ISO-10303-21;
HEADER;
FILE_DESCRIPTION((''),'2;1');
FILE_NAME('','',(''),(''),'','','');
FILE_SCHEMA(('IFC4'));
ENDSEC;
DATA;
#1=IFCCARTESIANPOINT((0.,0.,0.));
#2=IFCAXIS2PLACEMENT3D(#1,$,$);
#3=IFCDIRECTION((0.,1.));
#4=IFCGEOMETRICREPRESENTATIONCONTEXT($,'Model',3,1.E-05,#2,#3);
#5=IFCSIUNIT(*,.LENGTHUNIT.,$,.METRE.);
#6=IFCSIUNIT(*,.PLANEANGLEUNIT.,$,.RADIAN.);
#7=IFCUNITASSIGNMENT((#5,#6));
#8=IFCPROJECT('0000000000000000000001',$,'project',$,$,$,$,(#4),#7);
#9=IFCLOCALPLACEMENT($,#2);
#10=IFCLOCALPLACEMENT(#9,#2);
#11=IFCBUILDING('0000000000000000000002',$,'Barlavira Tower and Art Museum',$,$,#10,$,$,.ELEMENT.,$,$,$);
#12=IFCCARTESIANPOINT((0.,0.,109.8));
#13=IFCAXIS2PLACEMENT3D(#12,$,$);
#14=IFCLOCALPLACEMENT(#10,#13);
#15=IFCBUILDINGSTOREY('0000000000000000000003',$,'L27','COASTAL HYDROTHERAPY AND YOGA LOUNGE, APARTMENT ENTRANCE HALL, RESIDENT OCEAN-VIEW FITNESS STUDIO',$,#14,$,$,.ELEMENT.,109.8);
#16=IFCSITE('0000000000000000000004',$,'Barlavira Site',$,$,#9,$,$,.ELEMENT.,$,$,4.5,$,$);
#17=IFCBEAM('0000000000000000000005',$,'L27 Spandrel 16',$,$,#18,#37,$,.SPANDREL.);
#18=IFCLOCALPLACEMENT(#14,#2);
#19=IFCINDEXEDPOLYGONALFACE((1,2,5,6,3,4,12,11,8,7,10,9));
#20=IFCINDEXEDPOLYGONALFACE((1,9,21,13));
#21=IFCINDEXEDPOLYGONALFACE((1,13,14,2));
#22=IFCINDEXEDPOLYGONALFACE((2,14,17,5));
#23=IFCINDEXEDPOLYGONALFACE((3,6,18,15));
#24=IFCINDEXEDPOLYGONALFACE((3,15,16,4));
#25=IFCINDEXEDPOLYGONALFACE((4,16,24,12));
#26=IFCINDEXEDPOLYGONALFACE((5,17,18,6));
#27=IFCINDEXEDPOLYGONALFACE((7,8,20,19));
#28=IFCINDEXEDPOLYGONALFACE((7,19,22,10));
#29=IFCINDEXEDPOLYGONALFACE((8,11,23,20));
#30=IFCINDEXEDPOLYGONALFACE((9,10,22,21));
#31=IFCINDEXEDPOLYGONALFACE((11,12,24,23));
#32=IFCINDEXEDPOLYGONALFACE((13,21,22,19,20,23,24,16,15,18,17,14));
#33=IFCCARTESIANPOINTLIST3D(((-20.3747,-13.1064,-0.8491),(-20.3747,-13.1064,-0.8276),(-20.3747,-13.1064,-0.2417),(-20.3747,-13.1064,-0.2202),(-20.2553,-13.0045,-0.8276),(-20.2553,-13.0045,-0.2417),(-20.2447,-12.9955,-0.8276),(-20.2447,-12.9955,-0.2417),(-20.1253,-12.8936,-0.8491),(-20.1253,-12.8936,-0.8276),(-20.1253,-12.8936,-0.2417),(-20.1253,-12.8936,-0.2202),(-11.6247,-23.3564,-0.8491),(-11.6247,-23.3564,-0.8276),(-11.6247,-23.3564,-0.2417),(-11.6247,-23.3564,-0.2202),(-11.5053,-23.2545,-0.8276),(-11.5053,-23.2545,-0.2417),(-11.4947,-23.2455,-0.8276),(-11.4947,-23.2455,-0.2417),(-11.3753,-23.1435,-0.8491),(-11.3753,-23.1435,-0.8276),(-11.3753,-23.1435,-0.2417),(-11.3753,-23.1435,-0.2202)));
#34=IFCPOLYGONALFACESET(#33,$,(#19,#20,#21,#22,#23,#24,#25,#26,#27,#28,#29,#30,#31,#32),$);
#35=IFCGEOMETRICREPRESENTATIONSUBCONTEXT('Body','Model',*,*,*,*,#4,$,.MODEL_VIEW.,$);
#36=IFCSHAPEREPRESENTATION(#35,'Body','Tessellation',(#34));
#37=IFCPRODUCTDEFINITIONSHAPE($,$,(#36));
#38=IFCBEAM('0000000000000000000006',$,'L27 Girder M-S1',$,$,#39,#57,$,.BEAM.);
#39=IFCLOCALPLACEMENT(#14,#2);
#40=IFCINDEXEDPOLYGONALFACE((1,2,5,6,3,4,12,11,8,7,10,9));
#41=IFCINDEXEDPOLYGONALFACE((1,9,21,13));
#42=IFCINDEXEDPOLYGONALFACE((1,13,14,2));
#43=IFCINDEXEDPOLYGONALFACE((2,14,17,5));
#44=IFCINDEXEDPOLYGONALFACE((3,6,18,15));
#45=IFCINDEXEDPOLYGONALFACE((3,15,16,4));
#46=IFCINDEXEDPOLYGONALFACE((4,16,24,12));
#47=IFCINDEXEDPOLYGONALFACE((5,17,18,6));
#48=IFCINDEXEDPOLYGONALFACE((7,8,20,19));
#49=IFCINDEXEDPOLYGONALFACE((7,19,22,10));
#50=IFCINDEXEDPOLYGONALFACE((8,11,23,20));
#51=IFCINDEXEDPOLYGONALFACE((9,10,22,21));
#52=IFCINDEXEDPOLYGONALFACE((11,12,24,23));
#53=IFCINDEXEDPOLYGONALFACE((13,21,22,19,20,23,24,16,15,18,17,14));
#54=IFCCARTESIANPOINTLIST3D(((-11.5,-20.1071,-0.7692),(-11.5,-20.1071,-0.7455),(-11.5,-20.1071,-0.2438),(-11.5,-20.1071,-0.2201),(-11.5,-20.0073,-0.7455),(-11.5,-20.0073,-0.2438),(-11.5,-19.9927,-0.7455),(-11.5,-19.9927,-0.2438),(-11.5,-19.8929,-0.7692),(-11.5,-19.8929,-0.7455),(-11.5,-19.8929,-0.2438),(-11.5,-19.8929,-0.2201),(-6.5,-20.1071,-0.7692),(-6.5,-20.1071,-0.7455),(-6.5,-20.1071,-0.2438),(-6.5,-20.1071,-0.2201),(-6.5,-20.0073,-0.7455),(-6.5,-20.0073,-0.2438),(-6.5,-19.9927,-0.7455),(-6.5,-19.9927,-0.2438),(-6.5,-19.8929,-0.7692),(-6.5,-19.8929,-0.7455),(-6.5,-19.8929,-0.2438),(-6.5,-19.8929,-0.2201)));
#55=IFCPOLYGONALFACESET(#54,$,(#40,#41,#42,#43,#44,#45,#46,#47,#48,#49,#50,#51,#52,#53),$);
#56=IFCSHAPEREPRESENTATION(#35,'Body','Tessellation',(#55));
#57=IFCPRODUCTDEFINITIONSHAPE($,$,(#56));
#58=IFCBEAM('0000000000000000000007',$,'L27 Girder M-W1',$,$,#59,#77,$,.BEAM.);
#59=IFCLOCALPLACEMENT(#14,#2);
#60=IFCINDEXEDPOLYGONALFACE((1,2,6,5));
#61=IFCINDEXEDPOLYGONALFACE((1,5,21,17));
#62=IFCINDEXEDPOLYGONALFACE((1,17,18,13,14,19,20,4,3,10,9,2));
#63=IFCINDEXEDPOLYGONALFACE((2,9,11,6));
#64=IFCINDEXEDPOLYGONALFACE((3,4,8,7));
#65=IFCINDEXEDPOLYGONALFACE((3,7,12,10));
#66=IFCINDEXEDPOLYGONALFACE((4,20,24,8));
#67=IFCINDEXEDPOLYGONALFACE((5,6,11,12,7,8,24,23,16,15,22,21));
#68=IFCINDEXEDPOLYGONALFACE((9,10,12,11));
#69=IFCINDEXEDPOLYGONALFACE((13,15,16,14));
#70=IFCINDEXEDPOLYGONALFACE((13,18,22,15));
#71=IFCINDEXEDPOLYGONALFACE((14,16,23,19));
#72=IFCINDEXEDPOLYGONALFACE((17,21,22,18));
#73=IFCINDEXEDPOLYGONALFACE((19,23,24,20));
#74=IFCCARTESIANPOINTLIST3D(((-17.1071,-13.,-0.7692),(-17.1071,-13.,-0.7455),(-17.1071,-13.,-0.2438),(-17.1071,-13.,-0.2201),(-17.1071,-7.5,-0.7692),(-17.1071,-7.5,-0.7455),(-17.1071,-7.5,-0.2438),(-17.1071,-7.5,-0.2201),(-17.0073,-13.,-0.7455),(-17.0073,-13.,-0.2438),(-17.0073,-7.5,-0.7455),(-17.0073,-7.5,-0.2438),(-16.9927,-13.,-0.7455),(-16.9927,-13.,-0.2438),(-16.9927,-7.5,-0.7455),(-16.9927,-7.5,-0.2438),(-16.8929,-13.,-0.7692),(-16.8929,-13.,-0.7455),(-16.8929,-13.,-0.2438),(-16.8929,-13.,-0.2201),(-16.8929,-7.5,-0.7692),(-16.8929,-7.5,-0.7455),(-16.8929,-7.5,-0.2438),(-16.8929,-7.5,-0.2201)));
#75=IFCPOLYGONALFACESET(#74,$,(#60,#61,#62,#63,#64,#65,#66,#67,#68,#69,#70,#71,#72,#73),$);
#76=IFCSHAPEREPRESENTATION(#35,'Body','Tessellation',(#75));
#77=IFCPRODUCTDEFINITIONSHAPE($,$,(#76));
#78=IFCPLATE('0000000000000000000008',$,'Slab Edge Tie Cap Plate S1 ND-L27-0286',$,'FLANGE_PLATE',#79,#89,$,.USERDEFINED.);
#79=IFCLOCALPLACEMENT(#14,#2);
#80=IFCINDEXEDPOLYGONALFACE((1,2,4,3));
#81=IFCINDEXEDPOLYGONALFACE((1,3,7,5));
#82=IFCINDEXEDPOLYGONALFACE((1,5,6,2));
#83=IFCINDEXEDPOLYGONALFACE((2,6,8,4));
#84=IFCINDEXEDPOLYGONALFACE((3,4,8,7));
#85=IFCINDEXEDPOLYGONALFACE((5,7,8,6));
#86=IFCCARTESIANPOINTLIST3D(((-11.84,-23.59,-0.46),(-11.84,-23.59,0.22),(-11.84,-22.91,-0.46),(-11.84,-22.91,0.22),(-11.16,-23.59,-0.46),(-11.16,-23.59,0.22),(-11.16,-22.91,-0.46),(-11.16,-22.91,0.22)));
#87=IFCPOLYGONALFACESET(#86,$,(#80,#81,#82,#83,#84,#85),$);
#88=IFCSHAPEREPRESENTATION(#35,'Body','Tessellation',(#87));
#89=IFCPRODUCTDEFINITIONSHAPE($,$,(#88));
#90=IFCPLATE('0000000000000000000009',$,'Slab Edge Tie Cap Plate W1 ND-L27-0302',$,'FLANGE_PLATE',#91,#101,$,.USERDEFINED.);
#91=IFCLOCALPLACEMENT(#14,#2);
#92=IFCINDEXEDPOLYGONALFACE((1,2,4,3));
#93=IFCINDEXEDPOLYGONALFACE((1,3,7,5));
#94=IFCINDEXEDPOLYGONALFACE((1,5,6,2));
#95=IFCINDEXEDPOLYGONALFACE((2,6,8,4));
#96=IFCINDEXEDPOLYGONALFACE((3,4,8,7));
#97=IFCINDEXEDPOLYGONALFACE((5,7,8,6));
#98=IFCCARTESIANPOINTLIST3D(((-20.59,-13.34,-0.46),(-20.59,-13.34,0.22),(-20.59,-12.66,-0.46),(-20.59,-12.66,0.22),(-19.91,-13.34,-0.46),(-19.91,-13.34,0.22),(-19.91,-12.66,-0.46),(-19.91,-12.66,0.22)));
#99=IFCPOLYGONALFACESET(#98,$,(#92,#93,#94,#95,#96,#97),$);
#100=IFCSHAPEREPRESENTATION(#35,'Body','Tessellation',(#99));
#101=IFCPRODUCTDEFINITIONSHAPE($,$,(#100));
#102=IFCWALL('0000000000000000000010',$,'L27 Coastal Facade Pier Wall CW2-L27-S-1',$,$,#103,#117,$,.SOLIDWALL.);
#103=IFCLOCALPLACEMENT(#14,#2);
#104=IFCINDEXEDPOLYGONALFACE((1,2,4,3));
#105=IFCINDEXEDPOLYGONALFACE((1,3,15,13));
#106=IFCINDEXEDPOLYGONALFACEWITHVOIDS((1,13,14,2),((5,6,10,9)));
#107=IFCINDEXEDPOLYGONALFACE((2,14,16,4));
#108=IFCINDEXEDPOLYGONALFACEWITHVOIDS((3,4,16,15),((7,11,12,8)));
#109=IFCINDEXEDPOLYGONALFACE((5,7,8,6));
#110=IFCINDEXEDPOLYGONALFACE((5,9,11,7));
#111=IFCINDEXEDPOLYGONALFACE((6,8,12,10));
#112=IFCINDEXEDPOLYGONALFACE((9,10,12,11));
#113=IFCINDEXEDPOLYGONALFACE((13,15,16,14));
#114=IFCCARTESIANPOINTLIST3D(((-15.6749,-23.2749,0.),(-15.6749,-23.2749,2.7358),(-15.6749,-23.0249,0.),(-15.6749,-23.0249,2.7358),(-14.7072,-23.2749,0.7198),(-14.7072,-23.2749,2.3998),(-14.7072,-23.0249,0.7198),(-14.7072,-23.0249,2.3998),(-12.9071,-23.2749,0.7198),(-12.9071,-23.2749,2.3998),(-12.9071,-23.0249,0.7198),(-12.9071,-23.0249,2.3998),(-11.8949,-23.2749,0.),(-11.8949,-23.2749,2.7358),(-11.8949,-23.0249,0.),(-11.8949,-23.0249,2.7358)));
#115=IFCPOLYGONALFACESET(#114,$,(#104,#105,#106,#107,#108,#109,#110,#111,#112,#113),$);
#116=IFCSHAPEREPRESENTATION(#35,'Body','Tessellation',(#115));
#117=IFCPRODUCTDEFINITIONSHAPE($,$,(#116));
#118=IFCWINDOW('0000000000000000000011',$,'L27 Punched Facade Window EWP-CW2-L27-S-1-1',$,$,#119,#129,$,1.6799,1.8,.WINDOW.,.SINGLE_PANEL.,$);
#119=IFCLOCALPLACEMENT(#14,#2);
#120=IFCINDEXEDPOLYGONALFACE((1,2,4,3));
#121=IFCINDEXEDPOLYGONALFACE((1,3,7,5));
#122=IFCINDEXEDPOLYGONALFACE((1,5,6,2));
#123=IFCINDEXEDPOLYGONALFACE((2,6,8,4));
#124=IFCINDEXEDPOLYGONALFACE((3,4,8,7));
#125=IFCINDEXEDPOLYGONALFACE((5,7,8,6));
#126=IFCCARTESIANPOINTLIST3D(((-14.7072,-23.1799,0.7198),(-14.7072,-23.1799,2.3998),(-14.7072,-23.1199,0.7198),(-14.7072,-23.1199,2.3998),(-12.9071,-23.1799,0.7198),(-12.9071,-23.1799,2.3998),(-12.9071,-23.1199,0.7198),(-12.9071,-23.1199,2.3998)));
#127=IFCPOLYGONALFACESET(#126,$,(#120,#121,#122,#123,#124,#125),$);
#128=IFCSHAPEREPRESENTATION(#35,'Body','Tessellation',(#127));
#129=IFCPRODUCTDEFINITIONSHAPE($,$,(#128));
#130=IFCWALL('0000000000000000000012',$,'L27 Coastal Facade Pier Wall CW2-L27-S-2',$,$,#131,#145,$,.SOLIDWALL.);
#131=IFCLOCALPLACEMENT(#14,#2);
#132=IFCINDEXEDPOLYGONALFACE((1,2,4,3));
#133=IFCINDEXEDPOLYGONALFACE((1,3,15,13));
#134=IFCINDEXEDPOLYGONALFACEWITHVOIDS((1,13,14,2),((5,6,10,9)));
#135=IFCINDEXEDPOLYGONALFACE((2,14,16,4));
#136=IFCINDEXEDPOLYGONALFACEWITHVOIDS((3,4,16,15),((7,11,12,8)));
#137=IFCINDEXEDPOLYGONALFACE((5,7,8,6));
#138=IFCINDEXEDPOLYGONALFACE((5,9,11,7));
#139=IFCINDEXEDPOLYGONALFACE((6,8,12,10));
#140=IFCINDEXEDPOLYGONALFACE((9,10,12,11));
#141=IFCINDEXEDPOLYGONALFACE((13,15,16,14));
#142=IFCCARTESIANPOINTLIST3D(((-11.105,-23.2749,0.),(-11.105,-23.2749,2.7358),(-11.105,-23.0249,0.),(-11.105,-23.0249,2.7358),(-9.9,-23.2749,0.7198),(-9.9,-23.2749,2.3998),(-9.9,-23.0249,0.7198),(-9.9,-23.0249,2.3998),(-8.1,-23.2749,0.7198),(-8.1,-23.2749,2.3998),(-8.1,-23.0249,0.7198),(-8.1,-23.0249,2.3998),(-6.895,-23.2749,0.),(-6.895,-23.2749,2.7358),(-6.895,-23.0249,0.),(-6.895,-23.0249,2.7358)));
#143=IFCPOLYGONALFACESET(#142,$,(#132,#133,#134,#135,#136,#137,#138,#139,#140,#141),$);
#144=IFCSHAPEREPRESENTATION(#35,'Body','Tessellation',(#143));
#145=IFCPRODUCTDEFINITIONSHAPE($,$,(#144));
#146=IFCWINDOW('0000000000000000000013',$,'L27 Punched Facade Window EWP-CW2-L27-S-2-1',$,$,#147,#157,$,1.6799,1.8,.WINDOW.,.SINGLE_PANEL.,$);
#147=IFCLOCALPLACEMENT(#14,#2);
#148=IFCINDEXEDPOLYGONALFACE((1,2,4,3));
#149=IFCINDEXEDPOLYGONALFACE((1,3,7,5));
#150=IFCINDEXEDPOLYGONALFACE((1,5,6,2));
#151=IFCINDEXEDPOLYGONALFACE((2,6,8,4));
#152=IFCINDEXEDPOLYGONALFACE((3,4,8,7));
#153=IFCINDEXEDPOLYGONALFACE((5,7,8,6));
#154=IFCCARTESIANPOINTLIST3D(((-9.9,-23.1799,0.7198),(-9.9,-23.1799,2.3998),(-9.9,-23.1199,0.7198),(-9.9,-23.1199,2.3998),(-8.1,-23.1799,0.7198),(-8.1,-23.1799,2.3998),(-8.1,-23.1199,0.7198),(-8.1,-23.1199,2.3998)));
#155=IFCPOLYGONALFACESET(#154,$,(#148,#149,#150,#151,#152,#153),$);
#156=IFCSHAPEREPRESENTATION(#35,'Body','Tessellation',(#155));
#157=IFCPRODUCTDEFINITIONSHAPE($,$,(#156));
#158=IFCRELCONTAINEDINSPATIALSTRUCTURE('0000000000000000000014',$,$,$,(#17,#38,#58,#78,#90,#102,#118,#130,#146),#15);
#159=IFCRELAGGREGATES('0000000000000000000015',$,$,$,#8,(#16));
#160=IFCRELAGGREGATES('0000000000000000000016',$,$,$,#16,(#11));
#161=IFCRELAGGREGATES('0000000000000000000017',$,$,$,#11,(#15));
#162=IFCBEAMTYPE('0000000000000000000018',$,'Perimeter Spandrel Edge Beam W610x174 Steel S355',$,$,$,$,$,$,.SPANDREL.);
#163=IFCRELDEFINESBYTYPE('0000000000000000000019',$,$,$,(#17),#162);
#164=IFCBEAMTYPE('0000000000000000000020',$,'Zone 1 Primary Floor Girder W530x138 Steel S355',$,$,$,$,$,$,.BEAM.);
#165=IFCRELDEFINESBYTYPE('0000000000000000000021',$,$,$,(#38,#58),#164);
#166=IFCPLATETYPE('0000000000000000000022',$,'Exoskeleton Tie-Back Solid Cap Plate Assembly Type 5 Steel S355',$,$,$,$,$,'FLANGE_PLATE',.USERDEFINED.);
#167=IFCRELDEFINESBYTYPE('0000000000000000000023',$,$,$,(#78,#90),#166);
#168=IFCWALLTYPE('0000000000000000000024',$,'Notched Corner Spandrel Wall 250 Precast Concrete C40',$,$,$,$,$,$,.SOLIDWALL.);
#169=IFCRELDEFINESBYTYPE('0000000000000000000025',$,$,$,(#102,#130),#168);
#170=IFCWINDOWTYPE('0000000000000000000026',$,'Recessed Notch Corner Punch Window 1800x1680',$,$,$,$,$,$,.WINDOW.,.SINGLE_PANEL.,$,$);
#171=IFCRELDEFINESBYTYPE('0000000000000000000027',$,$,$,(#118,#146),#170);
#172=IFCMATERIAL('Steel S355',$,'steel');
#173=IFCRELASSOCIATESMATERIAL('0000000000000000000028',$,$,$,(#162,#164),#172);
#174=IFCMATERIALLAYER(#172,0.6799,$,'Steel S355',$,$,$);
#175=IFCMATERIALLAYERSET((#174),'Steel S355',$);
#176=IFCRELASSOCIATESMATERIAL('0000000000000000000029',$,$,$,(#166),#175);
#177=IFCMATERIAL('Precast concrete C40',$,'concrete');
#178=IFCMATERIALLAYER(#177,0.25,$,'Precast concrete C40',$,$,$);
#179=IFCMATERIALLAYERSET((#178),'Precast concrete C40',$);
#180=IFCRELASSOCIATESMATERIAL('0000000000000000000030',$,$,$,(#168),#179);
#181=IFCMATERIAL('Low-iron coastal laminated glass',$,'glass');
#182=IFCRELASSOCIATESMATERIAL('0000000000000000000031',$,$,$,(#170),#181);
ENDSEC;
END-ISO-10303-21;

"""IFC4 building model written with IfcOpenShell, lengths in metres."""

from ifc_helpers import new_model, si_unit, direction, frame, frame_2d, origin, origin_2d, place, context, subcontext, project, spatial, rectangle, i_section, extrude, material, layer, layer_set, material_profile, profile_set, type_object, element, fill, save


model = new_model("IFC4")

# Units and contexts
model_context = context("Model", 3, precision=1e-05, world=origin(), true_north=direction((0.0, 1.0)))
body_context = subcontext(model_context, "Body", "Model", "MODEL_VIEW")
ifc_project = project(units=[si_unit("LENGTHUNIT", "METRE"), si_unit("PLANEANGLEUNIT", "RADIAN")], contexts=[model_context])

# Site, building, storey
site_placement = place(None, origin())
site = spatial("IfcSite", under=ifc_project, at=site_placement, Name="Barlavira Site", CompositionType="ELEMENT", RefElevation=4.5)
building_placement = place(site_placement, origin())
building = spatial("IfcBuilding", under=site, at=building_placement, Name="Barlavira Tower and Art Museum", CompositionType="ELEMENT")
storey_placement = place(building_placement, frame((0.0, 0.0, 109.8)))
storey = spatial("IfcBuildingStorey", under=building, at=storey_placement, Name="L27", Description="COASTAL HYDROTHERAPY AND YOGA LOUNGE, APARTMENT ENTRANCE HALL, RESIDENT OCEAN-VIEW FITNESS STUDIO", CompositionType="ELEMENT", Elevation=109.8)

# Shared definitions
ifc_material_1 = material(Name="Steel S355", Category="steel")

# Beams
ifc_material_profile_1 = material_profile(ifc_material_1, i_section(OverallWidth=0.3279, OverallDepth=0.6289, WebThickness=0.0139, FlangeThickness=0.0215, at=origin_2d()), Name="W610x174.0")
ifc_profile_set_1 = profile_set([ifc_material_profile_1], Name="Steel S355")
beam_type_1 = type_object("IfcBeamType", Name="Perimeter Spandrel Edge Beam W610x174 Steel S355", PredefinedType="SPANDREL", material=ifc_profile_set_1)
beam_1_placement = place(storey_placement, frame((-20.25, -13.0, -0.5347), z_axis=(0.649262, -0.760565, 0.0), x_axis=(0.760565, 0.649262, 0.0)))
element("IfcBeam", 1, at=beam_1_placement, inside=storey, type_object=beam_type_1, Name="L27 Spandrel 16", PredefinedType="SPANDREL", context=body_context, shape_type="SweptSolid", body=[
    extrude(i_section(OverallWidth=0.3279, OverallDepth=0.6289, WebThickness=0.0139, FlangeThickness=0.0215, at=origin_2d()), origin(), (0.0, 0.0, 1.0), 13.4768),
])
ifc_material_profile_2 = material_profile(ifc_material_1, i_section(OverallWidth=0.2141, OverallDepth=0.5491, WebThickness=0.0146, FlangeThickness=0.0237, at=origin_2d()), Name="W530x138.0")
ifc_profile_set_2 = profile_set([ifc_material_profile_2], Name="Steel S355")
beam_type_2 = type_object("IfcBeamType", Name="Zone 1 Primary Floor Girder W530x138 Steel S355", PredefinedType="BEAM", material=ifc_profile_set_2)
beam_2_placement = place(storey_placement, frame((-11.5, -20.0, -0.4946), z_axis=(1.0, 0.0, 0.0), x_axis=(0.0, 1.0, 0.0)))
element("IfcBeam", 2, at=beam_2_placement, inside=storey, type_object=beam_type_2, Name="L27 Girder M-S1", PredefinedType="BEAM", context=body_context, shape_type="SweptSolid", body=[
    extrude(i_section(OverallWidth=0.2141, OverallDepth=0.5491, WebThickness=0.0146, FlangeThickness=0.0237, at=origin_2d()), origin(), (0.0, 0.0, 1.0), 5.0),
])
beam_3_placement = place(storey_placement, frame((-17.0, -13.0, -0.4946), z_axis=(0.0, 1.0, 0.0), x_axis=(-1.0, 0.0, 0.0)))
element("IfcBeam", 3, at=beam_3_placement, inside=storey, type_object=beam_type_2, Name="L27 Girder M-W1", PredefinedType="BEAM", context=body_context, shape_type="SweptSolid", body=[
    extrude(i_section(OverallWidth=0.2141, OverallDepth=0.5491, WebThickness=0.0146, FlangeThickness=0.0237, at=origin_2d()), origin(), (0.0, 0.0, 1.0), 5.5),
])

# Plates
ifc_layer_1 = layer(ifc_material_1, 0.6799, Name="Steel S355")
ifc_layer_set_1 = layer_set([ifc_layer_1], Name="Steel S355")
plate_type = type_object("IfcPlateType", Name="Exoskeleton Tie-Back Solid Cap Plate Assembly Type 5 Steel S355", ElementType="FLANGE_PLATE", PredefinedType="USERDEFINED", material=ifc_layer_set_1)
for number, where, z_axis, x_axis, name in (
    (4, (-11.5, -23.25, -0.46), (0.0, 0.0, 1.0), (1.0, 0.0, 0.0), "Slab Edge Tie Cap Plate S1 ND-L27-0286"),
    (5, (-20.25, -13.0, -0.46), (0.0, 0.0, 1.0), (1.0, 0.0, 0.0), "Slab Edge Tie Cap Plate W1 ND-L27-0302"),
):
    element("IfcPlate", number, at=place(storey_placement, frame(where, z_axis=z_axis, x_axis=x_axis)), inside=storey, type_object=plate_type, Name=name, ObjectType="FLANGE_PLATE", PredefinedType="USERDEFINED", context=body_context, shape_type="SweptSolid", body=[
        extrude(rectangle(XDim=0.6799, YDim=0.6799, at=origin_2d()), origin(), (0.0, 0.0, 1.0), 0.6799),
    ])

# Walls, openings, windows
ifc_material_2 = material(Name="Precast concrete C40", Category="concrete")
ifc_layer_2 = layer(ifc_material_2, 0.25, Name="Precast concrete C40")
ifc_layer_set_2 = layer_set([ifc_layer_2], Name="Precast concrete C40")
wall_type = type_object("IfcWallType", Name="Notched Corner Spandrel Wall 250 Precast Concrete C40", PredefinedType="SOLIDWALL", material=ifc_layer_set_2)
wall_1_placement = place(storey_placement, frame((-15.675, -23.1499, 0.0), z_axis=(0.0, 0.0, 1.0), x_axis=(1.0, 0.0, 0.0)))
wall_1 = element("IfcWall", 6, at=wall_1_placement, inside=storey, type_object=wall_type, Name="L27 Coastal Facade Pier Wall CW2-L27-S-1", PredefinedType="SOLIDWALL", context=body_context, shape_type="SweptSolid", body=[
    extrude(rectangle(XDim=3.78, YDim=0.25, at=frame_2d((1.8901, 0.0))), origin(), (0.0, 0.0, 1.0), 2.7358),
])
opening_1_placement = place(wall_1_placement, frame((0.968, 0.0, 0.72)))
opening_1 = element("IfcOpeningElement", 7, at=opening_1_placement, cuts=wall_1, PredefinedType="OPENING", context=body_context, shape_type="SweptSolid", body=[
    extrude(rectangle(XDim=1.8, YDim=1.6799, at=frame_2d((0.8999, 0.8398))), frame((0.0, 0.135, 0.0), z_axis=(0.0, -1.0, 0.0), x_axis=(1.0, 0.0, 0.0)), (0.0, 0.0, 1.0), 0.27),
])
ifc_material_3 = material(Name="Low-iron coastal laminated glass", Category="glass")
window_type = type_object("IfcWindowType", Name="Recessed Notch Corner Punch Window 1800x1680", PartitioningType="SINGLE_PANEL", PredefinedType="WINDOW", material=ifc_material_3)
window_1_placement = place(opening_1_placement, origin())
window_1 = element("IfcWindow", 8, at=window_1_placement, inside=storey, type_object=window_type, Name="L27 Punched Facade Window EWP-CW2-L27-S-1-1", OverallHeight=1.6799, OverallWidth=1.8, PartitioningType="SINGLE_PANEL", PredefinedType="WINDOW", context=body_context, shape_type="SweptSolid", body=[
    extrude(rectangle(XDim=1.8, YDim=1.6799, at=frame_2d((0.8999, 0.8398))), frame((0.0, 0.03, 0.0), z_axis=(0.0, -1.0, 0.0), x_axis=(1.0, 0.0, 0.0)), (0.0, 0.0, 1.0), 0.0601),
])
fill(opening_1, window_1)
wall_2_placement = place(storey_placement, frame((-11.105, -23.1499, 0.0), z_axis=(0.0, 0.0, 1.0), x_axis=(1.0, 0.0, 0.0)))
wall_2 = element("IfcWall", 9, at=wall_2_placement, inside=storey, type_object=wall_type, Name="L27 Coastal Facade Pier Wall CW2-L27-S-2", PredefinedType="SOLIDWALL", context=body_context, shape_type="SweptSolid", body=[
    extrude(rectangle(XDim=4.21, YDim=0.25, at=frame_2d((2.105, 0.0))), origin(), (0.0, 0.0, 1.0), 2.7358),
])
opening_2_placement = place(wall_2_placement, frame((1.2051, 0.0, 0.72)))
opening_2 = element("IfcOpeningElement", 10, at=opening_2_placement, cuts=wall_2, PredefinedType="OPENING", context=body_context, shape_type="SweptSolid", body=[
    extrude(rectangle(XDim=1.8, YDim=1.6799, at=frame_2d((0.8999, 0.8398))), frame((0.0, 0.135, 0.0), z_axis=(0.0, -1.0, 0.0), x_axis=(1.0, 0.0, 0.0)), (0.0, 0.0, 1.0), 0.27),
])
window_2_placement = place(opening_2_placement, origin())
window_2 = element("IfcWindow", 11, at=window_2_placement, inside=storey, type_object=window_type, Name="L27 Punched Facade Window EWP-CW2-L27-S-2-1", OverallHeight=1.6799, OverallWidth=1.8, PartitioningType="SINGLE_PANEL", PredefinedType="WINDOW", context=body_context, shape_type="SweptSolid", body=[
    extrude(rectangle(XDim=1.8, YDim=1.6799, at=frame_2d((0.8999, 0.8398))), frame((0.0, 0.03, 0.0), z_axis=(0.0, -1.0, 0.0), x_axis=(1.0, 0.0, 0.0)), (0.0, 0.0, 1.0), 0.0601),
])
fill(opening_2, window_2)

save(model, "model.ifc")
